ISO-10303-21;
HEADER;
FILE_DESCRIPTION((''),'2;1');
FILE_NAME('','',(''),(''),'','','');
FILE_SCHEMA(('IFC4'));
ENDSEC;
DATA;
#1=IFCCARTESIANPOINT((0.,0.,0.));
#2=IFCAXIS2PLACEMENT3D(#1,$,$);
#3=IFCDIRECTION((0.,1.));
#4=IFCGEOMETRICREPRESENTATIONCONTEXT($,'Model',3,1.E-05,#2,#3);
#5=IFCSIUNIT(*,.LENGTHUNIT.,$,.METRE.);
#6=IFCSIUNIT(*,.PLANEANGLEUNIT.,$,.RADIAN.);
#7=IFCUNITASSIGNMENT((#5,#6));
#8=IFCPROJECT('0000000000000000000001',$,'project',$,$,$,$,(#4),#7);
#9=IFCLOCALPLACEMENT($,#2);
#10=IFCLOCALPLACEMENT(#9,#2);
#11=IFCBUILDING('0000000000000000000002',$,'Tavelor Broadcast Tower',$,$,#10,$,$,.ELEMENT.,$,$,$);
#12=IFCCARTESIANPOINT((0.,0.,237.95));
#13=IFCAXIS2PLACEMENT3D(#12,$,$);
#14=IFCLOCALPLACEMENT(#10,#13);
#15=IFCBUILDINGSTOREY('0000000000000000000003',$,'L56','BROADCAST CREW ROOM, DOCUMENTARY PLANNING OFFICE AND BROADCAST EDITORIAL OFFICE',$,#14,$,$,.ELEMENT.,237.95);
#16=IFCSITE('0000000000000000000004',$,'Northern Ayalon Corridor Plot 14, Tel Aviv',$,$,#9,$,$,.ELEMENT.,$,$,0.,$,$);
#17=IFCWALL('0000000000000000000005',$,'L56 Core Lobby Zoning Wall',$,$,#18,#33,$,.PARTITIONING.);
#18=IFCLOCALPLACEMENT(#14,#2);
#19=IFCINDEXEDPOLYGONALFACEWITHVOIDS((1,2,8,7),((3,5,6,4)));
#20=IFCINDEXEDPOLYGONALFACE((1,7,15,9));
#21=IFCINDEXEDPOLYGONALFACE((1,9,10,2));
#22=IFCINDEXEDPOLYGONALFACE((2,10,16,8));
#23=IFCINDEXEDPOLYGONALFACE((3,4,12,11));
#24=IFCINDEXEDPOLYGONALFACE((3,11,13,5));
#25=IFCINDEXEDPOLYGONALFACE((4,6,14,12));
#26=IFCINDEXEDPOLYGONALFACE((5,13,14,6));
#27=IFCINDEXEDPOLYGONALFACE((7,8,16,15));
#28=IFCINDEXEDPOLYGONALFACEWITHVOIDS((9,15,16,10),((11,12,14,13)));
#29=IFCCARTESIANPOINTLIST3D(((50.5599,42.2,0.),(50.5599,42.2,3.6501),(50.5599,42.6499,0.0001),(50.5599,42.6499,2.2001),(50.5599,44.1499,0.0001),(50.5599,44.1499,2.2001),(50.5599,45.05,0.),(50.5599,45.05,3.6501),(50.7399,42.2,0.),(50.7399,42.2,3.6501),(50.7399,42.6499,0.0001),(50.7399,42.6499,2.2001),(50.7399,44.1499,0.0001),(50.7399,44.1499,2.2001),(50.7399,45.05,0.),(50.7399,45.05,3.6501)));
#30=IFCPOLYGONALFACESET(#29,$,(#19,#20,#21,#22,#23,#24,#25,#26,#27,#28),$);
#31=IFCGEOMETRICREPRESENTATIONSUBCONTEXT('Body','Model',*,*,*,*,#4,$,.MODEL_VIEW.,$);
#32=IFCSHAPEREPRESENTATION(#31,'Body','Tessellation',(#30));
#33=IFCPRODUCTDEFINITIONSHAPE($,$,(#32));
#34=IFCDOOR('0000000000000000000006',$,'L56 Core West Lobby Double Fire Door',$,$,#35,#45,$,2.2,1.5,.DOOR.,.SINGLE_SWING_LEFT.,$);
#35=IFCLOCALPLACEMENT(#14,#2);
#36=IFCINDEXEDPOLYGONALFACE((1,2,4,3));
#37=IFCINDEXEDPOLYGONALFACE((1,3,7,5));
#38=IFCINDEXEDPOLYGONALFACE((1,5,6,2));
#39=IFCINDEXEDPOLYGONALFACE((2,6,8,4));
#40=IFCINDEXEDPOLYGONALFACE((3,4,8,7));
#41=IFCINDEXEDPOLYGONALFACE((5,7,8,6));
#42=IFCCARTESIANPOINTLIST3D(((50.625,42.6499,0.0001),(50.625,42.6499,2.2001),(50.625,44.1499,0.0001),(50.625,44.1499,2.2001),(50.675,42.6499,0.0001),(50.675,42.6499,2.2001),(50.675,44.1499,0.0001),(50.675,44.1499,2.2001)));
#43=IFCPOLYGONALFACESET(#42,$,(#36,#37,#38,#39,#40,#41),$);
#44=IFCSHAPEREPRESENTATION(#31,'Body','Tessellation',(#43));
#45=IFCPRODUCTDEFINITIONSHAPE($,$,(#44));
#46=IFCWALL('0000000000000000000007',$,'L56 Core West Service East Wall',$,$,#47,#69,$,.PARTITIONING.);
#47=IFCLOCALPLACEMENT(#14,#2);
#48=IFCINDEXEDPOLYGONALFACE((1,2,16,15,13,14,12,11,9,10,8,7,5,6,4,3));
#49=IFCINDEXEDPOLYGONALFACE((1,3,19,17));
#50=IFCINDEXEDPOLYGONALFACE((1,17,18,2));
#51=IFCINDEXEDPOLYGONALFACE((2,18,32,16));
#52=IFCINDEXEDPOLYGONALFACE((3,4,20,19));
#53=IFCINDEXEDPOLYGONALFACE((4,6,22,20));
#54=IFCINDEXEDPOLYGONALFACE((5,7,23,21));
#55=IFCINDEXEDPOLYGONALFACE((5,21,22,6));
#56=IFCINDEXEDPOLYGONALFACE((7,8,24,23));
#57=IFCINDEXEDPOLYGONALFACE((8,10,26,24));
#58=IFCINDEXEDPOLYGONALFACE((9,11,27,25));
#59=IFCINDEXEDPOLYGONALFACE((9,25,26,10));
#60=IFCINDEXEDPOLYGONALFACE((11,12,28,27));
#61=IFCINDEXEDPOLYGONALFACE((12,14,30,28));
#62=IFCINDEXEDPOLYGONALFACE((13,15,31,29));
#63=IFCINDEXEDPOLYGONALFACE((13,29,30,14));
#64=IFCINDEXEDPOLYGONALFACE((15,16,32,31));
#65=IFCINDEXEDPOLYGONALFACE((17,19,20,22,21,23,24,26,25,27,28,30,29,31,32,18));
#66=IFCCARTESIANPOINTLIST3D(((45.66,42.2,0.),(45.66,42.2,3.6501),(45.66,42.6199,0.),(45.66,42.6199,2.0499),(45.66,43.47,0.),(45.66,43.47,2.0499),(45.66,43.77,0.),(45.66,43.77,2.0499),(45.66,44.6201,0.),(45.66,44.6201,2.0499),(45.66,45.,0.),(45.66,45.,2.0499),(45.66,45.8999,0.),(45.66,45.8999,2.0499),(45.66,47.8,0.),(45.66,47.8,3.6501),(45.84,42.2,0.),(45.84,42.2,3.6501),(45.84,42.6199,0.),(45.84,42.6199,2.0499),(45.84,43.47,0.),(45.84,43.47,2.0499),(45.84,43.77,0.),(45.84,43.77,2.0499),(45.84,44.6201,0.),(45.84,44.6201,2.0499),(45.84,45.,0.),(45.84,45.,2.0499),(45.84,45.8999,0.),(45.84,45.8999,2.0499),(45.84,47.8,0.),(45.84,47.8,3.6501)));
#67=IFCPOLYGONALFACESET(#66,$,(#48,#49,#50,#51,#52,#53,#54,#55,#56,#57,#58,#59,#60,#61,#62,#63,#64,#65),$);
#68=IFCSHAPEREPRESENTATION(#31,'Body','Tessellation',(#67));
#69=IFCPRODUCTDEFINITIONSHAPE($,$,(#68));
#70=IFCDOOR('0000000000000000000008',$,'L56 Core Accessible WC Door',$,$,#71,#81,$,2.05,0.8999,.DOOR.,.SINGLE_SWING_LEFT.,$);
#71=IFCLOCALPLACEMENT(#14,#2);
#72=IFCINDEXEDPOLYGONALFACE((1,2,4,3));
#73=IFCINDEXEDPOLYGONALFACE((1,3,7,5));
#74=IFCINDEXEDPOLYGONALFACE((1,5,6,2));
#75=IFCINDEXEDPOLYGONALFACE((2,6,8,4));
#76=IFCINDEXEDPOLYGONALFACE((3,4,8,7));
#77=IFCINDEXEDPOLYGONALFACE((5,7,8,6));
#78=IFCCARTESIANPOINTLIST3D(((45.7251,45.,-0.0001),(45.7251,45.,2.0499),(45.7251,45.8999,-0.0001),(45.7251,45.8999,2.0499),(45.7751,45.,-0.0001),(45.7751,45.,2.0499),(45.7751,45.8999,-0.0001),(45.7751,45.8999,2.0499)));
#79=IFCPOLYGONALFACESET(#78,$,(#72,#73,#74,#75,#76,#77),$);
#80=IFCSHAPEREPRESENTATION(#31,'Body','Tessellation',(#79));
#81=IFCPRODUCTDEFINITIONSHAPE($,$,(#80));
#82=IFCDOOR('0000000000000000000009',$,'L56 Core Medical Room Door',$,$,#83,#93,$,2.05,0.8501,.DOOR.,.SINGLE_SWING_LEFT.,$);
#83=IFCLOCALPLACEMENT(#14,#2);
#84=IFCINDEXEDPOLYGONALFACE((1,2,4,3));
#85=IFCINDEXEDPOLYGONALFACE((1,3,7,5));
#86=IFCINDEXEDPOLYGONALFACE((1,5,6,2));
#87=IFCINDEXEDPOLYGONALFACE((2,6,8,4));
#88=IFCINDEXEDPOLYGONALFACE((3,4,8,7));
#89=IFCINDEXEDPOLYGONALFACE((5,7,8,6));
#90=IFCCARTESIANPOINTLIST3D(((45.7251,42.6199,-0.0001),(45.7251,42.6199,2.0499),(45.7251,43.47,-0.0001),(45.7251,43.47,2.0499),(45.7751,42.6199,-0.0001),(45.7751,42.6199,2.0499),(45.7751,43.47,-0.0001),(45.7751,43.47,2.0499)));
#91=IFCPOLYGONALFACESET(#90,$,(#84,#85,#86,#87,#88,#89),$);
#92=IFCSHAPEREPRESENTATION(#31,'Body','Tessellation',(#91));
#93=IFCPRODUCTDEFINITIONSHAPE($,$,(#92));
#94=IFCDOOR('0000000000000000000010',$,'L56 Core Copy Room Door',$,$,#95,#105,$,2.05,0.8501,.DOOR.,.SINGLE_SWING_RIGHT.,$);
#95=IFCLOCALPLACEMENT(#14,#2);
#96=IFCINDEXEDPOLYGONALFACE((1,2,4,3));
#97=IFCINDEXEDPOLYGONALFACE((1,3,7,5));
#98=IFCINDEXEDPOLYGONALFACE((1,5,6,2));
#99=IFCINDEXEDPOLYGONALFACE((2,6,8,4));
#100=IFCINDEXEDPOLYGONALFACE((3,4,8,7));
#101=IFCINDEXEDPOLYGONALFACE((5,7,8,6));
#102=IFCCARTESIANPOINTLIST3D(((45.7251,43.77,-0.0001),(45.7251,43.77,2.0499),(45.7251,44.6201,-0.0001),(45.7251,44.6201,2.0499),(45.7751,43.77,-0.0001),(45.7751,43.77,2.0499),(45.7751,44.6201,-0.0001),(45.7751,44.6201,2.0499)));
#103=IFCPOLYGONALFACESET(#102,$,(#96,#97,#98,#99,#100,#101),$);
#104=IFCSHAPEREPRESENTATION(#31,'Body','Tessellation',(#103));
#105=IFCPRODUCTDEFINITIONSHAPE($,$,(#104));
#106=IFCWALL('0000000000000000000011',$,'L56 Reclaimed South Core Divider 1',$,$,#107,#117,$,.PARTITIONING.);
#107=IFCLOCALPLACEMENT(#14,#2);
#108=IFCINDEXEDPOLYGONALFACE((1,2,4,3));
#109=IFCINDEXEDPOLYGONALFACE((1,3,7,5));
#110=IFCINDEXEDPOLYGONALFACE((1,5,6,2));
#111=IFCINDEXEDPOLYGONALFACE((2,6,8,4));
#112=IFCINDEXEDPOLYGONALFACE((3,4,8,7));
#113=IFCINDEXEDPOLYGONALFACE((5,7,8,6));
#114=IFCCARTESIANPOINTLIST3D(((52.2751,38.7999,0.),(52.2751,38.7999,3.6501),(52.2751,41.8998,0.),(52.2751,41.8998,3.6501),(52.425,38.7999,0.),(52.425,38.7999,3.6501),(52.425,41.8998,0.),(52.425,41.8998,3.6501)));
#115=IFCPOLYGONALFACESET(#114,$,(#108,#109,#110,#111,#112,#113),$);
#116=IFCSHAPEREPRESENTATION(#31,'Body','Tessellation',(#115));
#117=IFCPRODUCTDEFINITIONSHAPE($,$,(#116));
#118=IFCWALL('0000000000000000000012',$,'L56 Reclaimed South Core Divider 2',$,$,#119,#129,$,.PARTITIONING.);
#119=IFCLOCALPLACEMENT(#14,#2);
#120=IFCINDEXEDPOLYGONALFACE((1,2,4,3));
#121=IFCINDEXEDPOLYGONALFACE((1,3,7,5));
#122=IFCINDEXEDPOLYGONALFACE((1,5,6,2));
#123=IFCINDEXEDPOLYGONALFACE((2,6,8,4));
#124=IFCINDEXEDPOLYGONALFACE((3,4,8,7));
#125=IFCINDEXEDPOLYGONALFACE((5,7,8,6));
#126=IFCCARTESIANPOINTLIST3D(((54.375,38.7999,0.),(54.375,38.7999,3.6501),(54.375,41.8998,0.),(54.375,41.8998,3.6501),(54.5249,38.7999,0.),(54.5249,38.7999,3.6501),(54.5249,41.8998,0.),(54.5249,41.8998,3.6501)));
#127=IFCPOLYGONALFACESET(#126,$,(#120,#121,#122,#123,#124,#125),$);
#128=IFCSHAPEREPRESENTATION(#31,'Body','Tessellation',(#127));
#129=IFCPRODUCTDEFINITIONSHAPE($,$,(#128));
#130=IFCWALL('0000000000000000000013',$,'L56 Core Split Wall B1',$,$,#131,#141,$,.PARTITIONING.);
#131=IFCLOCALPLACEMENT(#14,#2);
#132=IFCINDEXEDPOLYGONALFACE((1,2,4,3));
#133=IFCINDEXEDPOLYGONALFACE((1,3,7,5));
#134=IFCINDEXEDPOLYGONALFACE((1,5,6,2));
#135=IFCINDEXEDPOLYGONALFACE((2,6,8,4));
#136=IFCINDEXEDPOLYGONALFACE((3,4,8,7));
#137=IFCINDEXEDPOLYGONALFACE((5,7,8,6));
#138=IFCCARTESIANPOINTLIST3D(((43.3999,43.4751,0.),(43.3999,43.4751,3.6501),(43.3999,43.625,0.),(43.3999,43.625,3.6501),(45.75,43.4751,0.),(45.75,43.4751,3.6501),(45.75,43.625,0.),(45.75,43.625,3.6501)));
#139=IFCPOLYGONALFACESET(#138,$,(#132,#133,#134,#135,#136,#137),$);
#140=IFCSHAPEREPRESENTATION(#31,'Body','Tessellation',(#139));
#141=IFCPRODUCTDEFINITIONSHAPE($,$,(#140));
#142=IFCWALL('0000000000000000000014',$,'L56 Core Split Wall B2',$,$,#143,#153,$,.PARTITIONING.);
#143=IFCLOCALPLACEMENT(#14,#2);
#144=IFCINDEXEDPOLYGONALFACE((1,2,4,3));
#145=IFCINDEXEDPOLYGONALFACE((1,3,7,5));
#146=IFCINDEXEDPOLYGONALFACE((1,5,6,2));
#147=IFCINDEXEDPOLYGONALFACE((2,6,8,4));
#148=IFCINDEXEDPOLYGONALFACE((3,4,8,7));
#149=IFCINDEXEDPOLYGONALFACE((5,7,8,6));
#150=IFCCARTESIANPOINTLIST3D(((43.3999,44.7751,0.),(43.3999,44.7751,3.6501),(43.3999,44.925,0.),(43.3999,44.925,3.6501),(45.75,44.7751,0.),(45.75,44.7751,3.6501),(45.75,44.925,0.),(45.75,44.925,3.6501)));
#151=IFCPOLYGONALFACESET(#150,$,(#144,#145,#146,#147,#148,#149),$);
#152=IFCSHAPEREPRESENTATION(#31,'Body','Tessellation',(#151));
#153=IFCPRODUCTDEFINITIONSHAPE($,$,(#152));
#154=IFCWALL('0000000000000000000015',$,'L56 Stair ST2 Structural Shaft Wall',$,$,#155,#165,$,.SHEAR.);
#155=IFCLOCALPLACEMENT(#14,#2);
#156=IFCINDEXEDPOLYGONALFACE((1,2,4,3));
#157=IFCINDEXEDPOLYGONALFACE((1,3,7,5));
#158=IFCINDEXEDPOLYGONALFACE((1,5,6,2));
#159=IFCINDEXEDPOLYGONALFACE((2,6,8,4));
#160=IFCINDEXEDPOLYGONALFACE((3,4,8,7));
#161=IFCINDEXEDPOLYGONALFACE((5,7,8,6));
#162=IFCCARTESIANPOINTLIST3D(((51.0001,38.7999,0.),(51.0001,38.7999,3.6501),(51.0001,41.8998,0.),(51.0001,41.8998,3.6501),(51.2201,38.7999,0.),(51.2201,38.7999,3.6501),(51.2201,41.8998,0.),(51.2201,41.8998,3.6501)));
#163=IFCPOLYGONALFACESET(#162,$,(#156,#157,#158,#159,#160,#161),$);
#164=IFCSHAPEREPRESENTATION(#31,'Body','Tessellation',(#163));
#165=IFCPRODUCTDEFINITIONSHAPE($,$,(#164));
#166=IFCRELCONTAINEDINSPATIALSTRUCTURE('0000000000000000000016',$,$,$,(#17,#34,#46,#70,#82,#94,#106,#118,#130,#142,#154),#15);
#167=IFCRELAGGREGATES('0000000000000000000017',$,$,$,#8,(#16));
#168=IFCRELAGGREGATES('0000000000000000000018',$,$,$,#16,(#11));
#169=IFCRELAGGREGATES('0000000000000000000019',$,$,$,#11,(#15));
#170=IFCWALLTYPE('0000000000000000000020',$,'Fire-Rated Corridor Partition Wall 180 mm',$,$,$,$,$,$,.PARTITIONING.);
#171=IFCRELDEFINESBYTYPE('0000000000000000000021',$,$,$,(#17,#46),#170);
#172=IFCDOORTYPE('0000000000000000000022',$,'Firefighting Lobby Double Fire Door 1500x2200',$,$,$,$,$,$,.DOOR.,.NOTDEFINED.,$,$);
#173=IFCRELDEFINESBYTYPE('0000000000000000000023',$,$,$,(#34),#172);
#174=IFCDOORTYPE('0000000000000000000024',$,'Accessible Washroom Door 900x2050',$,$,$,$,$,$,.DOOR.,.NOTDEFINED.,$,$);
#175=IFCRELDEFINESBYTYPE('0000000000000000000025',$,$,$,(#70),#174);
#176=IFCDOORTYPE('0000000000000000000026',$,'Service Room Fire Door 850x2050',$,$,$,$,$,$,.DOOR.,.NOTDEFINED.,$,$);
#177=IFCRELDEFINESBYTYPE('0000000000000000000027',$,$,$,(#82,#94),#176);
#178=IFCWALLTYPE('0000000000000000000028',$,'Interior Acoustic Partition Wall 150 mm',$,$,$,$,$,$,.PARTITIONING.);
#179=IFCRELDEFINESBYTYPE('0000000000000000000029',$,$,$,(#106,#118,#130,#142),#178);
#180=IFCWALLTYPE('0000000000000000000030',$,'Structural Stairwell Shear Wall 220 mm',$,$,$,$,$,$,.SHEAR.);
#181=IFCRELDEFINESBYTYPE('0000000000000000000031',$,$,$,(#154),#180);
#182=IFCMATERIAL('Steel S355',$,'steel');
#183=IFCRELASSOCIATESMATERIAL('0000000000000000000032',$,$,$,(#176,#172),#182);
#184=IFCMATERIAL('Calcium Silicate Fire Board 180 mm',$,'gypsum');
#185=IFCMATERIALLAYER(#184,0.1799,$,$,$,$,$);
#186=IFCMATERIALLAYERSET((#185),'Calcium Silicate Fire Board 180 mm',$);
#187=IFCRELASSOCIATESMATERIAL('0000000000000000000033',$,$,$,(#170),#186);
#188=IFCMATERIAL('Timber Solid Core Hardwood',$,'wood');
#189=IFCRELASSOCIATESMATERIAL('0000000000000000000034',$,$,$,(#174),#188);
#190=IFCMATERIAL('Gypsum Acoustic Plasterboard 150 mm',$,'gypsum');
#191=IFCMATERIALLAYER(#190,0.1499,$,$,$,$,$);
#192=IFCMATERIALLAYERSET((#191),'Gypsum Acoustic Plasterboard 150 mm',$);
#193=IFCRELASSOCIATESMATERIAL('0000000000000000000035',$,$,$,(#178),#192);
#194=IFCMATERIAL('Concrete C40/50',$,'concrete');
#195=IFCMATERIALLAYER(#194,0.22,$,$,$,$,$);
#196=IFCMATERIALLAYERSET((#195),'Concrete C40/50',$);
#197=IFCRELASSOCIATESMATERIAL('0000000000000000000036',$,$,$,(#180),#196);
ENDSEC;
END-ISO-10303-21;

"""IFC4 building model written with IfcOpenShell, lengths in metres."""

from ifc_helpers import new_model, si_unit, direction, frame, frame_2d, origin, place, context, subcontext, project, spatial, rectangle, extrude, material, layer, layer_set, type_object, element, fill, save


model = new_model("IFC4")

# Units and contexts
model_context = context("Model", 3, precision=1e-05, world=origin(), true_north=direction((0.0, 1.0)))
body_context = subcontext(model_context, "Body", "Model", "MODEL_VIEW")
ifc_project = project(units=[si_unit("LENGTHUNIT", "METRE"), si_unit("PLANEANGLEUNIT", "RADIAN")], contexts=[model_context])

# Site, building, storey
site_placement = place(None, origin())
site = spatial("IfcSite", under=ifc_project, at=site_placement, Name="Northern Ayalon Corridor Plot 14, Tel Aviv", CompositionType="ELEMENT", RefElevation=0.0)
building_placement = place(site_placement, origin())
building = spatial("IfcBuilding", under=site, at=building_placement, Name="Tavelor Broadcast Tower", CompositionType="ELEMENT")
storey_placement = place(building_placement, frame((0.0, 0.0, 237.95)))
storey = spatial("IfcBuildingStorey", under=building, at=storey_placement, Name="L56", Description="BROADCAST CREW ROOM, DOCUMENTARY PLANNING OFFICE AND BROADCAST EDITORIAL OFFICE", CompositionType="ELEMENT", Elevation=237.95)

# Shared definitions
ifc_material_1 = material(Name="Concrete C40/50", Category="concrete")
ifc_material_2 = material(Name="Steel S355", Category="steel")

# Shared definitions
door_type_1 = type_object("IfcDoorType", Name="Service Room Fire Door 850x2050", OperationType="NOTDEFINED", PredefinedType="DOOR", material=ifc_material_2)

# Wall, opening, door
ifc_material_3 = material(Name="Calcium Silicate Fire Board 180 mm", Category="gypsum")
ifc_layer_1 = layer(ifc_material_3, 0.1799)
ifc_layer_set_1 = layer_set([ifc_layer_1], Name="Calcium Silicate Fire Board 180 mm")
wall_type_1 = type_object("IfcWallType", Name="Fire-Rated Corridor Partition Wall 180 mm", PredefinedType="PARTITIONING", material=ifc_layer_set_1)
wall_1_placement = place(storey_placement, frame((50.6499, 42.2, 0.0), z_axis=(0.0, 0.0, 1.0), x_axis=(0.0, 1.0, 0.0)))
wall_1 = element("IfcWall", 1, at=wall_1_placement, inside=storey, type_object=wall_type_1, Name="L56 Core Lobby Zoning Wall", PredefinedType="PARTITIONING", context=body_context, shape_type="SweptSolid", body=[
    extrude(rectangle(XDim=2.8501, YDim=0.1799, at=frame_2d((1.425, 0.0))), origin(), (0.0, 0.0, 1.0), 3.6501),
])
opening_1_placement = place(wall_1_placement, frame((0.45, 0.0, 0.0)))
opening_1 = element("IfcOpeningElement", 2, at=opening_1_placement, cuts=wall_1, PredefinedType="OPENING", context=body_context, shape_type="SweptSolid", body=[
    extrude(rectangle(XDim=1.5, YDim=2.2, at=frame_2d((0.75, 1.1001))), frame((0.0, 0.1001, 0.0), z_axis=(0.0, -1.0, 0.0), x_axis=(1.0, 0.0, 0.0)), (0.0, 0.0, 1.0), 0.2),
])
door_type_2 = type_object("IfcDoorType", Name="Firefighting Lobby Double Fire Door 1500x2200", OperationType="NOTDEFINED", PredefinedType="DOOR", material=ifc_material_2)
door_1_placement = place(opening_1_placement, origin())
door_1 = element("IfcDoor", 3, at=door_1_placement, inside=storey, type_object=door_type_2, Name="L56 Core West Lobby Double Fire Door", OperationType="SINGLE_SWING_LEFT", OverallHeight=2.2, OverallWidth=1.5, PredefinedType="DOOR", context=body_context, shape_type="SweptSolid", body=[
    extrude(rectangle(XDim=1.5, YDim=2.2, at=frame_2d((0.75, 1.1001))), frame((0.0, 0.0249, 0.0), z_axis=(0.0, -1.0, 0.0), x_axis=(1.0, 0.0, 0.0)), (0.0, 0.0, 1.0), 0.05),
])
fill(opening_1, door_1)

# Wall, openings, doors
wall_2_placement = place(storey_placement, frame((45.75, 42.2, 0.0), z_axis=(0.0, 0.0, 1.0), x_axis=(0.0, 1.0, 0.0)))
wall_2 = element("IfcWall", 4, at=wall_2_placement, inside=storey, type_object=wall_type_1, Name="L56 Core West Service East Wall", PredefinedType="PARTITIONING", context=body_context, shape_type="SweptSolid", body=[
    extrude(rectangle(XDim=5.6001, YDim=0.1799, at=frame_2d((2.8, 0.0))), origin(), (0.0, 0.0, 1.0), 3.6501),
])
opening_2_placement = place(wall_2_placement, frame((0.4199, 0.0, 0.0)))
opening_2 = element("IfcOpeningElement", 5, at=opening_2_placement, cuts=wall_2, PredefinedType="OPENING", context=body_context, shape_type="SweptSolid", body=[
    extrude(rectangle(XDim=0.8501, YDim=2.05, at=frame_2d((0.425, 1.0249))), frame((0.0, 0.1001, 0.0), z_axis=(0.0, -1.0, 0.0), x_axis=(1.0, 0.0, 0.0)), (0.0, 0.0, 1.0), 0.2),
])
opening_3_placement = place(wall_2_placement, frame((1.5701, 0.0, 0.0)))
opening_3 = element("IfcOpeningElement", 6, at=opening_3_placement, cuts=wall_2, PredefinedType="OPENING", context=body_context, shape_type="SweptSolid", body=[
    extrude(rectangle(XDim=0.8501, YDim=2.05, at=frame_2d((0.425, 1.0249))), frame((0.0, 0.1001, 0.0), z_axis=(0.0, -1.0, 0.0), x_axis=(1.0, 0.0, 0.0)), (0.0, 0.0, 1.0), 0.2),
])
opening_4_placement = place(wall_2_placement, frame((2.8, 0.0, 0.0)))
opening_4 = element("IfcOpeningElement", 7, at=opening_4_placement, cuts=wall_2, PredefinedType="OPENING", context=body_context, shape_type="SweptSolid", body=[
    extrude(rectangle(XDim=0.8999, YDim=2.05, at=frame_2d((0.45, 1.0249))), frame((0.0, 0.1001, 0.0), z_axis=(0.0, -1.0, 0.0), x_axis=(1.0, 0.0, 0.0)), (0.0, 0.0, 1.0), 0.2),
])
ifc_material_4 = material(Name="Timber Solid Core Hardwood", Category="wood")
door_type_3 = type_object("IfcDoorType", Name="Accessible Washroom Door 900x2050", OperationType="NOTDEFINED", PredefinedType="DOOR", material=ifc_material_4)
door_2_placement = place(opening_4_placement, origin())
door_2 = element("IfcDoor", 8, at=door_2_placement, inside=storey, type_object=door_type_3, Name="L56 Core Accessible WC Door", OperationType="SINGLE_SWING_LEFT", OverallHeight=2.05, OverallWidth=0.8999, PredefinedType="DOOR", context=body_context, shape_type="SweptSolid", body=[
    extrude(rectangle(XDim=0.8999, YDim=2.05, at=frame_2d((0.45, 1.0249))), frame((0.0, 0.0249, 0.0), z_axis=(0.0, -1.0, 0.0), x_axis=(1.0, 0.0, 0.0)), (0.0, 0.0, 1.0), 0.05),
])
fill(opening_4, door_2)
door_3_placement = place(opening_2_placement, origin())
door_3 = element("IfcDoor", 9, at=door_3_placement, inside=storey, type_object=door_type_1, Name="L56 Core Medical Room Door", OperationType="SINGLE_SWING_LEFT", OverallHeight=2.05, OverallWidth=0.8501, PredefinedType="DOOR", context=body_context, shape_type="SweptSolid", body=[
    extrude(rectangle(XDim=0.8501, YDim=2.05, at=frame_2d((0.425, 1.0249))), frame((0.0, 0.0249, 0.0), z_axis=(0.0, -1.0, 0.0), x_axis=(1.0, 0.0, 0.0)), (0.0, 0.0, 1.0), 0.05),
])
fill(opening_2, door_3)
door_4_placement = place(opening_3_placement, origin())
door_4 = element("IfcDoor", 10, at=door_4_placement, inside=storey, type_object=door_type_1, Name="L56 Core Copy Room Door", OperationType="SINGLE_SWING_RIGHT", OverallHeight=2.05, OverallWidth=0.8501, PredefinedType="DOOR", context=body_context, shape_type="SweptSolid", body=[
    extrude(rectangle(XDim=0.8501, YDim=2.05, at=frame_2d((0.425, 1.0249))), frame((0.0, 0.0249, 0.0), z_axis=(0.0, -1.0, 0.0), x_axis=(1.0, 0.0, 0.0)), (0.0, 0.0, 1.0), 0.05),
])
fill(opening_3, door_4)

# Walls
ifc_material_5 = material(Name="Gypsum Acoustic Plasterboard 150 mm", Category="gypsum")
ifc_layer_2 = layer(ifc_material_5, 0.1499)
ifc_layer_set_2 = layer_set([ifc_layer_2], Name="Gypsum Acoustic Plasterboard 150 mm")
wall_type_2 = type_object("IfcWallType", Name="Interior Acoustic Partition Wall 150 mm", PredefinedType="PARTITIONING", material=ifc_layer_set_2)
for number, where, z_axis, x_axis, name in (
    (11, (52.3501, 38.8, 0.0), (0.0, 0.0, 1.0), (0.0, 1.0, 0.0), "L56 Reclaimed South Core Divider 1"),
    (12, (54.45, 38.8, 0.0), (0.0, 0.0, 1.0), (0.0, 1.0, 0.0), "L56 Reclaimed South Core Divider 2"),
):
    element("IfcWall", number, at=place(storey_placement, frame(where, z_axis=z_axis, x_axis=x_axis)), inside=storey, type_object=wall_type_2, Name=name, PredefinedType="PARTITIONING", context=body_context, shape_type="SweptSolid", body=[
        extrude(rectangle(XDim=3.0999, YDim=0.1499, at=frame_2d((1.5498, 0.0))), origin(), (0.0, 0.0, 1.0), 3.6501),
    ])
for number, where, z_axis, x_axis, name in (
    (13, (43.3999, 43.55, 0.0), (0.0, 0.0, 1.0), (1.0, 0.0, 0.0), "L56 Core Split Wall B1"),
    (14, (43.3999, 44.8501, 0.0), (0.0, 0.0, 1.0), (1.0, 0.0, 0.0), "L56 Core Split Wall B2"),
):
    element("IfcWall", number, at=place(storey_placement, frame(where, z_axis=z_axis, x_axis=x_axis)), inside=storey, type_object=wall_type_2, Name=name, PredefinedType="PARTITIONING", context=body_context, shape_type="SweptSolid", body=[
        extrude(rectangle(XDim=2.3501, YDim=0.1499, at=frame_2d((1.175, 0.0))), origin(), (0.0, 0.0, 1.0), 3.6501),
    ])
ifc_layer_3 = layer(ifc_material_1, 0.22)
ifc_layer_set_3 = layer_set([ifc_layer_3], Name="Concrete C40/50")
wall_type_3 = type_object("IfcWallType", Name="Structural Stairwell Shear Wall 220 mm", PredefinedType="SHEAR", material=ifc_layer_set_3)
wall_3_placement = place(storey_placement, frame((51.1101, 38.8, 0.0), z_axis=(0.0, 0.0, 1.0), x_axis=(0.0, 1.0, 0.0)))
element("IfcWall", 15, at=wall_3_placement, inside=storey, type_object=wall_type_3, Name="L56 Stair ST2 Structural Shaft Wall", PredefinedType="SHEAR", context=body_context, shape_type="SweptSolid", body=[
    extrude(rectangle(XDim=3.0999, YDim=0.22, at=frame_2d((1.5498, 0.0))), origin(), (0.0, 0.0, 1.0), 3.6501),
])

save(model, "model.ifc")
